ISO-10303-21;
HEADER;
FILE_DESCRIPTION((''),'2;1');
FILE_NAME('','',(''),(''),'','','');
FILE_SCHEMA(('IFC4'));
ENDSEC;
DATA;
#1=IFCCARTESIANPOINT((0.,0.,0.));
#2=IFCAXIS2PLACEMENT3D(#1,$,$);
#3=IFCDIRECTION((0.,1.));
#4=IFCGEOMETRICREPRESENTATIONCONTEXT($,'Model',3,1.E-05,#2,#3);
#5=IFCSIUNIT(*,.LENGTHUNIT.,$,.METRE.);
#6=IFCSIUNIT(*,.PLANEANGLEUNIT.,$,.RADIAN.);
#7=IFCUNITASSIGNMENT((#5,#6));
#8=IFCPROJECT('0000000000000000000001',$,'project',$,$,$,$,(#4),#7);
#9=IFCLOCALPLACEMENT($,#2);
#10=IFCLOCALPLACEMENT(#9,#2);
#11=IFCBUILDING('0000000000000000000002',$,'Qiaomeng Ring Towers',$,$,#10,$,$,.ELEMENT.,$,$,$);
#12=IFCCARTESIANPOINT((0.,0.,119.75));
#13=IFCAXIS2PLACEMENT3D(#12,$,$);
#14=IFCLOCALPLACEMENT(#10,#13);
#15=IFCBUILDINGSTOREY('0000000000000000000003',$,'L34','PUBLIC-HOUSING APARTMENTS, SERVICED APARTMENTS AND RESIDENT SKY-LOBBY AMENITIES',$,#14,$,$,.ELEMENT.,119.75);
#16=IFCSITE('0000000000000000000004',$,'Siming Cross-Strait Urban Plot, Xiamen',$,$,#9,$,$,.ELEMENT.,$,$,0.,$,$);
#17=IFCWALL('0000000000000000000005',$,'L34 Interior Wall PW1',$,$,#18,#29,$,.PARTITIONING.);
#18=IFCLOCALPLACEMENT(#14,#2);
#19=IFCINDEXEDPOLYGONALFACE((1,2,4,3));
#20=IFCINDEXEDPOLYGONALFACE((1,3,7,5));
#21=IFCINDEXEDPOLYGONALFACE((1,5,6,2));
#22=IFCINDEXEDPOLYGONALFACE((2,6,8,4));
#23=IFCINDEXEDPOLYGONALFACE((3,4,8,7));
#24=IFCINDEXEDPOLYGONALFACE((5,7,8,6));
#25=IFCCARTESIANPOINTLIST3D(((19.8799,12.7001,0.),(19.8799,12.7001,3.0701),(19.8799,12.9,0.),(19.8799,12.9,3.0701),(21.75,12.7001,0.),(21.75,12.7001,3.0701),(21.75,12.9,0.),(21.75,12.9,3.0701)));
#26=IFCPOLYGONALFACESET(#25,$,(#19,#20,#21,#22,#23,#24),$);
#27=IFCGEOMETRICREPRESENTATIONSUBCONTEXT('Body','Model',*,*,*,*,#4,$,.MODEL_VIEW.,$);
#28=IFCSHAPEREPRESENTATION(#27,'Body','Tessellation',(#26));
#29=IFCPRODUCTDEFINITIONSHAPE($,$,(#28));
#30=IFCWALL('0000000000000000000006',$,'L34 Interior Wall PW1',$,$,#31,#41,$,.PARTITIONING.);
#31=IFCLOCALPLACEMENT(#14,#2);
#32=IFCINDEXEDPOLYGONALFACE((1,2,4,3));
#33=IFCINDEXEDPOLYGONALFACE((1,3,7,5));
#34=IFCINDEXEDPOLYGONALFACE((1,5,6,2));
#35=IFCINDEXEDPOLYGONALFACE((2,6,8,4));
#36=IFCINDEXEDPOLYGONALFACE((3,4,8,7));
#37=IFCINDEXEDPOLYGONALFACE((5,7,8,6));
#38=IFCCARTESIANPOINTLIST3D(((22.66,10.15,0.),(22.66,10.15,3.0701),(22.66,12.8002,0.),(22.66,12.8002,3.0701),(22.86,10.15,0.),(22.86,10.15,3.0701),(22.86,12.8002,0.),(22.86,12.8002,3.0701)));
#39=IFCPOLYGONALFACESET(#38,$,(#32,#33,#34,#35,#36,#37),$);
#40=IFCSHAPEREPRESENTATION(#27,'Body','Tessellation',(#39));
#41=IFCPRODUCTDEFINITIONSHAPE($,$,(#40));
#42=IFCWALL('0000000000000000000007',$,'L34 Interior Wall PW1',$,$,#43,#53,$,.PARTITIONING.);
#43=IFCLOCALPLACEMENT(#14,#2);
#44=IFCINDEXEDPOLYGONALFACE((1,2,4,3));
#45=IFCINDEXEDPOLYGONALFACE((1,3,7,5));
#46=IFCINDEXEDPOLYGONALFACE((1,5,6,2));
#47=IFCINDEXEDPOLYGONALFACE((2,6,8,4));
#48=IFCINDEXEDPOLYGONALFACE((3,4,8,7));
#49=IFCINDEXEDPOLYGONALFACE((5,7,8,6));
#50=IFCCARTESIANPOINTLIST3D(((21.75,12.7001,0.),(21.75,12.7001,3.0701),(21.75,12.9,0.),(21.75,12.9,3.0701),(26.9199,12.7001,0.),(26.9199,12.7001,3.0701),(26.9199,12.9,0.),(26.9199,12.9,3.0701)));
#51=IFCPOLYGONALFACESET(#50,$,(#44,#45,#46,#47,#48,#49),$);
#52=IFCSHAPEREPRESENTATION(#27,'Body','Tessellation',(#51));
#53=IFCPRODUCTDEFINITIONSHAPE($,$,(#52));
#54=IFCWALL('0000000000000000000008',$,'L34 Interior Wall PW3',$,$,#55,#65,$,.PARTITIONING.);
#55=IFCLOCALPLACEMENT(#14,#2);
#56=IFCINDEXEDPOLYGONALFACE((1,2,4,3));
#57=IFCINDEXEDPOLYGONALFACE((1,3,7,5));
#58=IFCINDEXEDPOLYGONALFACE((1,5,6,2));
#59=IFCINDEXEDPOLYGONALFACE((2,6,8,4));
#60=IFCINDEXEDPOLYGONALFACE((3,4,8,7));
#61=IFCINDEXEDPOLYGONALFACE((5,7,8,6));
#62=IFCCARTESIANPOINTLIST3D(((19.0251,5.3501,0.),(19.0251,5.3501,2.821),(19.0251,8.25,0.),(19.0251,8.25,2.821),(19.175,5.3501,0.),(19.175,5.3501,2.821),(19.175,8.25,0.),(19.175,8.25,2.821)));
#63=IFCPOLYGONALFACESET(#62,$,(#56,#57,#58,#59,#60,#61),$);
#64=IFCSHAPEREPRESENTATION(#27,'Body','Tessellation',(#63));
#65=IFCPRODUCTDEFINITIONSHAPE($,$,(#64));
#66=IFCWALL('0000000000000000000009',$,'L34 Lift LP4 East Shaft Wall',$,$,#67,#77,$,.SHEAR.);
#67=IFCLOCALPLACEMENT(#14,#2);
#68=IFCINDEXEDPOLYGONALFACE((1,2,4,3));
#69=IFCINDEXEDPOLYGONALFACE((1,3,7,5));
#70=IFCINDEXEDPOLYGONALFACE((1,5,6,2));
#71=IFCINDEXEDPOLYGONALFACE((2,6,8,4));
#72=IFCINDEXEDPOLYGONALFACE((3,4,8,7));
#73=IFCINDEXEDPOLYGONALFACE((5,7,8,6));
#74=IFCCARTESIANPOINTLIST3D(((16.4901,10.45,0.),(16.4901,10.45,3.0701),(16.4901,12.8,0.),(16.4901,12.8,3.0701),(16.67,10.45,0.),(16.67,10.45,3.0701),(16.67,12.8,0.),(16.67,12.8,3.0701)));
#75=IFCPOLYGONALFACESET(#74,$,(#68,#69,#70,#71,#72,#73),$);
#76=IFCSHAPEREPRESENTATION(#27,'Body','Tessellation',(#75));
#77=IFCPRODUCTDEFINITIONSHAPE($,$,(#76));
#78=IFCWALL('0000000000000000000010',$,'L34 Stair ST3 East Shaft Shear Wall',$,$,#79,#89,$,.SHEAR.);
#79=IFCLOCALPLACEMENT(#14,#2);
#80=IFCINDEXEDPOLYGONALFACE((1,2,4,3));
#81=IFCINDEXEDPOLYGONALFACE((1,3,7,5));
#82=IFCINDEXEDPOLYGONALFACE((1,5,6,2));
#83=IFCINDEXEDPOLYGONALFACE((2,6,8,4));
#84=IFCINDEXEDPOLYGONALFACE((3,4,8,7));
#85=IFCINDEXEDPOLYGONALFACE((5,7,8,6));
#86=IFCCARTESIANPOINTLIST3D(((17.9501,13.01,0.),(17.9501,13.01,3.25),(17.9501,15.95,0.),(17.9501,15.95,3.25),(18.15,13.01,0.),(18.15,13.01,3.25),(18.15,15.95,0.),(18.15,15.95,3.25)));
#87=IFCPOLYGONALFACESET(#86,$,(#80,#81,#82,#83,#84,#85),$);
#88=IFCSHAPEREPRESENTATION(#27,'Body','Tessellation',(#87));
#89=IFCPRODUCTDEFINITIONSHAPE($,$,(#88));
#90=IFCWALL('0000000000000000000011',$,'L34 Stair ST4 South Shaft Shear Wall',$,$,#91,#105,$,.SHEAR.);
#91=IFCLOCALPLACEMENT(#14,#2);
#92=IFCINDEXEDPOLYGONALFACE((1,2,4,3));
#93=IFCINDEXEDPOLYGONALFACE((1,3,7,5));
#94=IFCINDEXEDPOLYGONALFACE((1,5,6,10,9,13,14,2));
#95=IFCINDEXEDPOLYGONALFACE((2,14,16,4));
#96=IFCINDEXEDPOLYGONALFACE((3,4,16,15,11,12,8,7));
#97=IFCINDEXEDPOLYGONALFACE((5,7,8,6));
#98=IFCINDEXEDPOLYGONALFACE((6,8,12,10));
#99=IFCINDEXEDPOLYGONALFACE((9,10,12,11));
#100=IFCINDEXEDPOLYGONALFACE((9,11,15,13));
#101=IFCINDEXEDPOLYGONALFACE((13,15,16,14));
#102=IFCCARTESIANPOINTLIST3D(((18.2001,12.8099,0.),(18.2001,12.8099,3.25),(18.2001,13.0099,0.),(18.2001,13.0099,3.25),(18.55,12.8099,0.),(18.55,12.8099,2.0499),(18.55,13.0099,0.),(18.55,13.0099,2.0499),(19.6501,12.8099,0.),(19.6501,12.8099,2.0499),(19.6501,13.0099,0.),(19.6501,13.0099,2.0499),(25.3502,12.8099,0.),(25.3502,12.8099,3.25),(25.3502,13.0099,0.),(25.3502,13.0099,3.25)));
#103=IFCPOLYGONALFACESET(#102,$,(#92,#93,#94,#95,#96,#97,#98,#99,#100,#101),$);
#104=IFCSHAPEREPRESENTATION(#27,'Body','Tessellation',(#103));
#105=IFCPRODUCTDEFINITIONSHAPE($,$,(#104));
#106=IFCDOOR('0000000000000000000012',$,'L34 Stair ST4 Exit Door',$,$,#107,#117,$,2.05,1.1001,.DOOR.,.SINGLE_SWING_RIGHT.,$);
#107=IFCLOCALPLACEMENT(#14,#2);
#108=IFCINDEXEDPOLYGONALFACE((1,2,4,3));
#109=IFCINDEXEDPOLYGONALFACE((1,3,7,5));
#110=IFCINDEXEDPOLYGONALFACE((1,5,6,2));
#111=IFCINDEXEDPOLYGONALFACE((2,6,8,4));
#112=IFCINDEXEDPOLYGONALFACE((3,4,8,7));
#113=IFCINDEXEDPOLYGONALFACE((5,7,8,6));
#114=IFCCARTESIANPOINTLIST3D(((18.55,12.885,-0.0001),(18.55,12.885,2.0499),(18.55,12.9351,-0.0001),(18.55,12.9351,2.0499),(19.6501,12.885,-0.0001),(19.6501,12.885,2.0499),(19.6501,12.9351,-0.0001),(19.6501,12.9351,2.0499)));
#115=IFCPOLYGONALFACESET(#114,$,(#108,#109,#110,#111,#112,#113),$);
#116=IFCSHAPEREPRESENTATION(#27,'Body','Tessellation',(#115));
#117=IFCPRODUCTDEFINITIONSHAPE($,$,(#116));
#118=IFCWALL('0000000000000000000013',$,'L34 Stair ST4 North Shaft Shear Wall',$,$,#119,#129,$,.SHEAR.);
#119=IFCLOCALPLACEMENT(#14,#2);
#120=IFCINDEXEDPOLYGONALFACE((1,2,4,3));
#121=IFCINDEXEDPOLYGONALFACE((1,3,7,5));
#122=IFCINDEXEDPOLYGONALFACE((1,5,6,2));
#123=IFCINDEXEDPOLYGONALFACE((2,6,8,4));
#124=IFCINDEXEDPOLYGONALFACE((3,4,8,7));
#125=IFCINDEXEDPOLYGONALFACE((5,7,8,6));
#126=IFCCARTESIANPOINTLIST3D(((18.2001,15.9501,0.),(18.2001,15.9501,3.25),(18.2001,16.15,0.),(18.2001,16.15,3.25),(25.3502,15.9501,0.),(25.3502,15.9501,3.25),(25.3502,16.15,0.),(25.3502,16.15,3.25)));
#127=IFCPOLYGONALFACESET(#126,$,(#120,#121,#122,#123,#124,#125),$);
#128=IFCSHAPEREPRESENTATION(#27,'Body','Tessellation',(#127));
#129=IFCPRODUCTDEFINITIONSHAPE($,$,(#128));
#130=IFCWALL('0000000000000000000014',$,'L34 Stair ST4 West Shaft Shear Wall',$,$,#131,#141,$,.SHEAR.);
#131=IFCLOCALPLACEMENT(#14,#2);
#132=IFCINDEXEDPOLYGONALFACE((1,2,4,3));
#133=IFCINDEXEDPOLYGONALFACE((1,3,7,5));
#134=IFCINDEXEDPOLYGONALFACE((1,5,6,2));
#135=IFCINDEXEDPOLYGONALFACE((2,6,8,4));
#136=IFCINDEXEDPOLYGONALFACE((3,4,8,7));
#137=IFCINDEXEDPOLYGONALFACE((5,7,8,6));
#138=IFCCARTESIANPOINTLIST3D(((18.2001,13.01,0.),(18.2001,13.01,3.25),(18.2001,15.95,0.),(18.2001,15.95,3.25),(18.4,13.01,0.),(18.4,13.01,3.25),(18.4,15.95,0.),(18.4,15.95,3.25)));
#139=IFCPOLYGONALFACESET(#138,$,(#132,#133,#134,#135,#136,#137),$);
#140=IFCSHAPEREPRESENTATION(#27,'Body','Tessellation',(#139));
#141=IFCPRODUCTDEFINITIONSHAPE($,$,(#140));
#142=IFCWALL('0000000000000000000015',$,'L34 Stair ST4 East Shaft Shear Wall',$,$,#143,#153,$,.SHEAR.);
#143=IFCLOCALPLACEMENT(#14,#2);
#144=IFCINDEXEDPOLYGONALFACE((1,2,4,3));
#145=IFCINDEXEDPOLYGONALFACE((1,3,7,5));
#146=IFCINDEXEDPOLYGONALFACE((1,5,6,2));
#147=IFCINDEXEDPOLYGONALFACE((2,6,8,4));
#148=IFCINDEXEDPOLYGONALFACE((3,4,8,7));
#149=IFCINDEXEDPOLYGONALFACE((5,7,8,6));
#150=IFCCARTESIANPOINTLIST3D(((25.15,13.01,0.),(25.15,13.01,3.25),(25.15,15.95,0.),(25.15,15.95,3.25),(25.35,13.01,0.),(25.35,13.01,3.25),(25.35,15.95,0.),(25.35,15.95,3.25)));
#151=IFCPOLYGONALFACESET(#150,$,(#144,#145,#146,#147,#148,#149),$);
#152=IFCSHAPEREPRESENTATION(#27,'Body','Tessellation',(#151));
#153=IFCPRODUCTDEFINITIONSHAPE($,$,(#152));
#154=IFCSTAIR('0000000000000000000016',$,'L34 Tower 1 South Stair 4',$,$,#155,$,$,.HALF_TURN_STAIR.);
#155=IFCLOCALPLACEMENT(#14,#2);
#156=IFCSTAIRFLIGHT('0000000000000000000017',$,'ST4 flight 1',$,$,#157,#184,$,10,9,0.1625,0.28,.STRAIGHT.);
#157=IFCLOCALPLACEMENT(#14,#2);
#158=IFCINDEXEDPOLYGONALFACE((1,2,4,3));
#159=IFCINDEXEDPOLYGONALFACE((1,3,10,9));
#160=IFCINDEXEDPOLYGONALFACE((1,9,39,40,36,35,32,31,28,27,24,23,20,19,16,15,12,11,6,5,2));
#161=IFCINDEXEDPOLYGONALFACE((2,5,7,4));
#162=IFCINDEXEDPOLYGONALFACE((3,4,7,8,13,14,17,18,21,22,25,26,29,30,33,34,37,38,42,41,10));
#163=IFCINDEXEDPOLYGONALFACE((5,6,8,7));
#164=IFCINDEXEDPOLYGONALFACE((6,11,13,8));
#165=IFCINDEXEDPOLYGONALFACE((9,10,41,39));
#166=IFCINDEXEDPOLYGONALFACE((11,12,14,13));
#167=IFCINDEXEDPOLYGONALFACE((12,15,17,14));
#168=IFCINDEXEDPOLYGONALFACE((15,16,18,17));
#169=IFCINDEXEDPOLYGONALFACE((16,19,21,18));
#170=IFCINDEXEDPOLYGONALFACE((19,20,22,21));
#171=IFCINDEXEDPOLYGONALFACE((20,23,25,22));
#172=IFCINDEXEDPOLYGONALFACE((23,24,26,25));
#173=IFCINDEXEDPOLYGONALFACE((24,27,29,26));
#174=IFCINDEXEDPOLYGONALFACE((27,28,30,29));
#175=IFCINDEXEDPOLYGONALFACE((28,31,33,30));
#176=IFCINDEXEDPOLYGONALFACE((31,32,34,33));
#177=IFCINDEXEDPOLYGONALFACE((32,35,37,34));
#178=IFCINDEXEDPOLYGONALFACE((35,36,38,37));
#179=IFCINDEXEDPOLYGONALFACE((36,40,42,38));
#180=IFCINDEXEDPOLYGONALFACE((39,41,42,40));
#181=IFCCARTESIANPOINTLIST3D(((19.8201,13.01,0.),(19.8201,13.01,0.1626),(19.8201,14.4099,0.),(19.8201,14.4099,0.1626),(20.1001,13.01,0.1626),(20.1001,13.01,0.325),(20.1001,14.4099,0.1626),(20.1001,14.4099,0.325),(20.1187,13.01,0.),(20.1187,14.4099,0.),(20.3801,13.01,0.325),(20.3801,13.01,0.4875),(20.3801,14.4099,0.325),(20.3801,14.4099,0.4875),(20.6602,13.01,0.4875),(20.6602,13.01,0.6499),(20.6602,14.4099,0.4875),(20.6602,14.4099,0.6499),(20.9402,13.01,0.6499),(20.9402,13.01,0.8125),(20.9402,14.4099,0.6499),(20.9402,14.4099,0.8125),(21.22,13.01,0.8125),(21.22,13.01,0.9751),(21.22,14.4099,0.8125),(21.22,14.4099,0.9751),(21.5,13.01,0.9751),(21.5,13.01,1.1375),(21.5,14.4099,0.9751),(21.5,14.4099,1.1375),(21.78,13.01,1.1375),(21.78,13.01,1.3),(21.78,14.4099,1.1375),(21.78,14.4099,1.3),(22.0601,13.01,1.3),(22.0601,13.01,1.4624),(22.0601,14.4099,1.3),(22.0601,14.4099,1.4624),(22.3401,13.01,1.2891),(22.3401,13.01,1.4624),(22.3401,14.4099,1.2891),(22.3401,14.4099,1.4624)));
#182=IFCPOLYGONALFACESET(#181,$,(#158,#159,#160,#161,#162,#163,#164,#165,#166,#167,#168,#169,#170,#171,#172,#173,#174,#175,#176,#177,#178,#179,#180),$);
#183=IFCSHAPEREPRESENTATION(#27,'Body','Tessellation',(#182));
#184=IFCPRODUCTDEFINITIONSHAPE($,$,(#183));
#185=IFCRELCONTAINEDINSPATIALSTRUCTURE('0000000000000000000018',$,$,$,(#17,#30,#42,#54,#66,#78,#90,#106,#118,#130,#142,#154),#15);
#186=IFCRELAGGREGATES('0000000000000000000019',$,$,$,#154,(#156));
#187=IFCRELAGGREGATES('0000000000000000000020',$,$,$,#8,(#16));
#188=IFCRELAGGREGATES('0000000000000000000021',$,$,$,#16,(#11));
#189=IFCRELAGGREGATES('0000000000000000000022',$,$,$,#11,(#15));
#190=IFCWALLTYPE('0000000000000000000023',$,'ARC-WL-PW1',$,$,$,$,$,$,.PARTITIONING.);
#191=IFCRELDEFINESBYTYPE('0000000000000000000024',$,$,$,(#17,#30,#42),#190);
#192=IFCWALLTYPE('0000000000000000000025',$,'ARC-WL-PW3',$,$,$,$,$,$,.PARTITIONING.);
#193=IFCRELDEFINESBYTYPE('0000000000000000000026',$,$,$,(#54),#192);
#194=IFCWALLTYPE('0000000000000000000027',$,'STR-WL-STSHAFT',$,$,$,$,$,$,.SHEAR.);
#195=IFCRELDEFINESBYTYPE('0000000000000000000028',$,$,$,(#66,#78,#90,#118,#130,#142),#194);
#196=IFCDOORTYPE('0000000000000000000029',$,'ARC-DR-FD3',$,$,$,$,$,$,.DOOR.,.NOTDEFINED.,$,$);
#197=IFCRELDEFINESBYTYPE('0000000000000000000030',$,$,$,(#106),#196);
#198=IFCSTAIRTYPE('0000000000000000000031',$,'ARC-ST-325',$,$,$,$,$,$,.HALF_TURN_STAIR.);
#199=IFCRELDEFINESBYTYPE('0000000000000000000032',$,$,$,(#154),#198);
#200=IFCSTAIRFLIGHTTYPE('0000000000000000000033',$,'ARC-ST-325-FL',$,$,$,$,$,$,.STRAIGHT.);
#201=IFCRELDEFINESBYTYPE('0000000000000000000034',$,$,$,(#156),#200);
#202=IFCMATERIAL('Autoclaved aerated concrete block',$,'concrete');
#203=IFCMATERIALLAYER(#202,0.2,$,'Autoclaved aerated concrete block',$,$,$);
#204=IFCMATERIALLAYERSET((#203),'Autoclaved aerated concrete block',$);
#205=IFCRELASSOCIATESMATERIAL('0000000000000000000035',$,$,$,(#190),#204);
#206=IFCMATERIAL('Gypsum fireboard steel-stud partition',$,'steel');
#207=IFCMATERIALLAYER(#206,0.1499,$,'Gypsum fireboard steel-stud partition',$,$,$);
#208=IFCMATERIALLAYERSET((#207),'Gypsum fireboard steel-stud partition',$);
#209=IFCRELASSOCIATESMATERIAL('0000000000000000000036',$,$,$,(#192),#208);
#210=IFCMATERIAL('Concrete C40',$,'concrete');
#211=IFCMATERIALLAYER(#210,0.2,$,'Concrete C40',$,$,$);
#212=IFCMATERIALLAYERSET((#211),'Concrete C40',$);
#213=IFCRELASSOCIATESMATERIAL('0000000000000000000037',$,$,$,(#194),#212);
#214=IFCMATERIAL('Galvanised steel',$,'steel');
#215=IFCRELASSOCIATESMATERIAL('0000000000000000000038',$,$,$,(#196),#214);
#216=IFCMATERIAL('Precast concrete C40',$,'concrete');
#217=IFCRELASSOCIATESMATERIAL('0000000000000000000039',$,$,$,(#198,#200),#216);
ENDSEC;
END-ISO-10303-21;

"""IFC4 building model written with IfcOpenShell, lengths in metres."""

from ifc_helpers import new_model, si_unit, direction, frame, frame_2d, origin, place, context, subcontext, project, spatial, polyline, rectangle, outline, extrude, source, transform, mapped, material, layer, layer_set, type_object, element, fill, aggregate, save


model = new_model("IFC4")

# Units and contexts
model_context = context("Model", 3, precision=1e-05, world=origin(), true_north=direction((0.0, 1.0)))
body_context = subcontext(model_context, "Body", "Model", "MODEL_VIEW")
ifc_project = project(units=[si_unit("LENGTHUNIT", "METRE"), si_unit("PLANEANGLEUNIT", "RADIAN")], contexts=[model_context])

# Site, building, storey
site_placement = place(None, origin())
site = spatial("IfcSite", under=ifc_project, at=site_placement, Name="Siming Cross-Strait Urban Plot, Xiamen", CompositionType="ELEMENT", RefElevation=0.0)
building_placement = place(site_placement, origin())
building = spatial("IfcBuilding", under=site, at=building_placement, Name="Qiaomeng Ring Towers", CompositionType="ELEMENT")
storey_placement = place(building_placement, frame((0.0, 0.0, 119.75)))
storey = spatial("IfcBuildingStorey", under=building, at=storey_placement, Name="L34", Description="PUBLIC-HOUSING APARTMENTS, SERVICED APARTMENTS AND RESIDENT SKY-LOBBY AMENITIES", CompositionType="ELEMENT", Elevation=119.75)

# Walls
ifc_material_1 = material(Name="Autoclaved aerated concrete block", Category="concrete")
ifc_layer_1 = layer(ifc_material_1, 0.2, Name="Autoclaved aerated concrete block")
ifc_layer_set_1 = layer_set([ifc_layer_1], Name="Autoclaved aerated concrete block")
wall_type_1 = type_object("IfcWallType", Name="ARC-WL-PW1", PredefinedType="PARTITIONING", material=ifc_layer_set_1)
wall_1_placement = place(storey_placement, frame((19.8799, 12.8, 0.0), z_axis=(0.0, 0.0, 1.0), x_axis=(1.0, 0.0, 0.0)))
element("IfcWall", 1, at=wall_1_placement, inside=storey, type_object=wall_type_1, Name="L34 Interior Wall PW1", PredefinedType="PARTITIONING", context=body_context, shape_type="SweptSolid", body=[
    extrude(rectangle(XDim=1.8701, YDim=0.2, at=frame_2d((0.9351, 0.0))), origin(), (0.0, 0.0, 1.0), 3.0701),
])
wall_2_placement = place(storey_placement, frame((22.76, 10.1499, 0.0), z_axis=(0.0, 0.0, 1.0), x_axis=(0.0, 1.0, 0.0)))
element("IfcWall", 2, at=wall_2_placement, inside=storey, type_object=wall_type_1, Name="L34 Interior Wall PW1", PredefinedType="PARTITIONING", context=body_context, shape_type="SweptSolid", body=[
    extrude(rectangle(XDim=2.6501, YDim=0.2, at=frame_2d((1.3252, 0.0))), origin(), (0.0, 0.0, 1.0), 3.0701),
])
wall_3_placement = place(storey_placement, frame((21.75, 12.8, 0.0), z_axis=(0.0, 0.0, 1.0), x_axis=(1.0, 0.0, 0.0)))
element("IfcWall", 3, at=wall_3_placement, inside=storey, type_object=wall_type_1, Name="L34 Interior Wall PW1", PredefinedType="PARTITIONING", context=body_context, shape_type="SweptSolid", body=[
    extrude(rectangle(XDim=5.1699, YDim=0.2, at=frame_2d((2.585, 0.0))), origin(), (0.0, 0.0, 1.0), 3.0701),
])
ifc_material_2 = material(Name="Gypsum fireboard steel-stud partition", Category="steel")
ifc_layer_2 = layer(ifc_material_2, 0.1499, Name="Gypsum fireboard steel-stud partition")
ifc_layer_set_2 = layer_set([ifc_layer_2], Name="Gypsum fireboard steel-stud partition")
wall_type_2 = type_object("IfcWallType", Name="ARC-WL-PW3", PredefinedType="PARTITIONING", material=ifc_layer_set_2)
wall_4_placement = place(storey_placement, frame((19.1001, 5.3501, 0.0), z_axis=(0.0, 0.0, 1.0), x_axis=(0.0, 1.0, 0.0)))
element("IfcWall", 4, at=wall_4_placement, inside=storey, type_object=wall_type_2, Name="L34 Interior Wall PW3", PredefinedType="PARTITIONING", context=body_context, shape_type="SweptSolid", body=[
    extrude(rectangle(XDim=2.8999, YDim=0.1499, at=frame_2d((1.45, 0.0))), origin(), (0.0, 0.0, 1.0), 2.821),
])
ifc_material_3 = material(Name="Concrete C40", Category="concrete")
ifc_layer_3 = layer(ifc_material_3, 0.2, Name="Concrete C40")
ifc_layer_set_3 = layer_set([ifc_layer_3], Name="Concrete C40")
wall_type_3 = type_object("IfcWallType", Name="STR-WL-STSHAFT", PredefinedType="SHEAR", material=ifc_layer_set_3)
wall_5_placement = place(storey_placement, frame((16.5801, 10.45, 0.0), z_axis=(0.0, 0.0, 1.0), x_axis=(0.0, 1.0, 0.0)))
element("IfcWall", 5, at=wall_5_placement, inside=storey, type_object=wall_type_3, Name="L34 Lift LP4 East Shaft Wall", PredefinedType="SHEAR", context=body_context, shape_type="SweptSolid", body=[
    extrude(rectangle(XDim=2.3501, YDim=0.1799, at=frame_2d((1.175, 0.0))), origin(), (0.0, 0.0, 1.0), 3.0701),
])
wall_6_placement = place(storey_placement, frame((18.05, 13.01, 0.0), z_axis=(0.0, 0.0, 1.0), x_axis=(0.0, 1.0, 0.0)))
element("IfcWall", 6, at=wall_6_placement, inside=storey, type_object=wall_type_3, Name="L34 Stair ST3 East Shaft Shear Wall", PredefinedType="SHEAR", context=body_context, shape_type="SweptSolid", body=[
    extrude(rectangle(XDim=2.9399, YDim=0.2, at=frame_2d((1.47, 0.0))), origin(), (0.0, 0.0, 1.0), 3.25),
])

# Wall, opening, door
wall_7_placement = place(storey_placement, frame((18.2, 12.9099, 0.0), z_axis=(0.0, 0.0, 1.0), x_axis=(1.0, 0.0, 0.0)))
wall_7 = element("IfcWall", 7, at=wall_7_placement, inside=storey, type_object=wall_type_3, Name="L34 Stair ST4 South Shaft Shear Wall", PredefinedType="SHEAR", context=body_context, shape_type="SweptSolid", body=[
    extrude(rectangle(XDim=7.1501, YDim=0.2, at=frame_2d((3.5752, 0.0))), origin(), (0.0, 0.0, 1.0), 3.25),
])
opening_placement = place(wall_7_placement, frame((0.3501, 0.0, 0.0)))
opening = element("IfcOpeningElement", 8, at=opening_placement, cuts=wall_7, PredefinedType="OPENING", context=body_context, shape_type="SweptSolid", body=[
    extrude(rectangle(XDim=1.1001, YDim=2.05, at=frame_2d((0.55, 1.0249))), frame((0.0, 0.1099, 0.0), z_axis=(0.0, -1.0, 0.0), x_axis=(1.0, 0.0, 0.0)), (0.0, 0.0, 1.0), 0.22),
])
ifc_material_4 = material(Name="Galvanised steel", Category="steel")
door_type = type_object("IfcDoorType", Name="ARC-DR-FD3", OperationType="NOTDEFINED", PredefinedType="DOOR", material=ifc_material_4)
shared_shape_1 = source(origin(), body_context, "Body", "SweptSolid", [
    extrude(rectangle(XDim=1.1001, YDim=2.05, at=frame_2d((0.55, 1.0249))), frame((0.0, 0.0249, 0.0), z_axis=(0.0, -1.0, 0.0), x_axis=(1.0, 0.0, 0.0)), (0.0, 0.0, 1.0), 0.05),
])
door_placement = place(opening_placement, frame((1.1001, 0.0, 0.0), z_axis=(0.0, 0.0, 1.0), x_axis=(-1.0, 0.0, 0.0)))
door = element("IfcDoor", 9, at=door_placement, inside=storey, type_object=door_type, Name="L34 Stair ST4 Exit Door", OperationType="SINGLE_SWING_RIGHT", OverallHeight=2.05, OverallWidth=1.1001, PredefinedType="DOOR", context=body_context, shape_type="MappedRepresentation", body=[
    mapped(shared_shape_1, transform((0.0, 0.0, 0.0), x_axis=(1.0, 0.0, 0.0), y_axis=(0.0, 1.0, 0.0), z_axis=(0.0, 0.0, 1.0), scale=1.0)),
])
fill(opening, door)

# Walls
wall_8_placement = place(storey_placement, frame((18.2, 16.05, 0.0), z_axis=(0.0, 0.0, 1.0), x_axis=(1.0, 0.0, 0.0)))
element("IfcWall", 10, at=wall_8_placement, inside=storey, type_object=wall_type_3, Name="L34 Stair ST4 North Shaft Shear Wall", PredefinedType="SHEAR", context=body_context, shape_type="SweptSolid", body=[
    extrude(rectangle(XDim=7.1501, YDim=0.2, at=frame_2d((3.5752, 0.0))), origin(), (0.0, 0.0, 1.0), 3.25),
])
for number, where, z_axis, x_axis, name in (
    (11, (18.3, 13.01, 0.0), (0.0, 0.0, 1.0), (0.0, 1.0, 0.0), "L34 Stair ST4 West Shaft Shear Wall"),
    (12, (25.25, 13.01, 0.0), (0.0, 0.0, 1.0), (0.0, 1.0, 0.0), "L34 Stair ST4 East Shaft Shear Wall"),
):
    element("IfcWall", number, at=place(storey_placement, frame(where, z_axis=z_axis, x_axis=x_axis)), inside=storey, type_object=wall_type_3, Name=name, PredefinedType="SHEAR", context=body_context, shape_type="SweptSolid", body=[
        extrude(rectangle(XDim=2.9399, YDim=0.2, at=frame_2d((1.47, 0.0))), origin(), (0.0, 0.0, 1.0), 3.25),
    ])

# Stair, stair flight
ifc_material_5 = material(Name="Precast concrete C40", Category="concrete")
stair_type = type_object("IfcStairType", Name="ARC-ST-325", PredefinedType="HALF_TURN_STAIR", material=ifc_material_5)
stair_placement = place(storey_placement, origin())
stair = element("IfcStair", 13, at=stair_placement, inside=storey, type_object=stair_type, Name="L34 Tower 1 South Stair 4", PredefinedType="HALF_TURN_STAIR")
stair_flight_type = type_object("IfcStairFlightType", Name="ARC-ST-325-FL", PredefinedType="STRAIGHT", material=ifc_material_5)
shared_shape_2 = source(origin(), body_context, "Body", "SweptSolid", [
    extrude(outline(polyline([(0.0, 0.0), (0.0, 0.1626), (0.28, 0.1626), (0.28, 0.325), (0.5601, 0.325), (0.5601, 0.4875), (0.8401, 0.4875), (0.8401, 0.6499), (1.1201, 0.6499), (1.1201, 0.8125), (1.3999, 0.8125), (1.3999, 0.9751), (1.6799, 0.9751), (1.6799, 1.1375), (1.96, 1.1375), (1.96, 1.3), (2.24, 1.3), (2.24, 1.4624), (2.52, 1.4624), (2.52, 1.625), (2.52, 1.2891), (0.2986, 0.0), (0.0, 0.0)])), frame((0.0, 0.7, 0.0), z_axis=(0.0, -1.0, 0.0), x_axis=(1.0, 0.0, 0.0)), (0.0, 0.0, 1.0), 1.3999),
])
stair_flight_1_placement = place(storey_placement, frame((19.8201, 13.71, 0.0), z_axis=(0.0, 0.0, 1.0), x_axis=(1.0, 0.0, 0.0)))
stair_flight_1 = element("IfcStairFlight", 14, at=stair_flight_1_placement, type_object=stair_flight_type, Name="ST4 flight 1", NumberOfRisers=10, NumberOfTreads=9, PredefinedType="STRAIGHT", RiserHeight=0.1625, TreadLength=0.28, context=body_context, shape_type="MappedRepresentation", body=[
    mapped(shared_shape_2, transform((0.0, 0.0, 0.0), x_axis=(1.0, 0.0, 0.0), y_axis=(0.0, 1.0, 0.0), z_axis=(0.0, 0.0, 1.0), scale=1.0)),
])
aggregate(stair, [stair_flight_1])

save(model, "model.ifc")
